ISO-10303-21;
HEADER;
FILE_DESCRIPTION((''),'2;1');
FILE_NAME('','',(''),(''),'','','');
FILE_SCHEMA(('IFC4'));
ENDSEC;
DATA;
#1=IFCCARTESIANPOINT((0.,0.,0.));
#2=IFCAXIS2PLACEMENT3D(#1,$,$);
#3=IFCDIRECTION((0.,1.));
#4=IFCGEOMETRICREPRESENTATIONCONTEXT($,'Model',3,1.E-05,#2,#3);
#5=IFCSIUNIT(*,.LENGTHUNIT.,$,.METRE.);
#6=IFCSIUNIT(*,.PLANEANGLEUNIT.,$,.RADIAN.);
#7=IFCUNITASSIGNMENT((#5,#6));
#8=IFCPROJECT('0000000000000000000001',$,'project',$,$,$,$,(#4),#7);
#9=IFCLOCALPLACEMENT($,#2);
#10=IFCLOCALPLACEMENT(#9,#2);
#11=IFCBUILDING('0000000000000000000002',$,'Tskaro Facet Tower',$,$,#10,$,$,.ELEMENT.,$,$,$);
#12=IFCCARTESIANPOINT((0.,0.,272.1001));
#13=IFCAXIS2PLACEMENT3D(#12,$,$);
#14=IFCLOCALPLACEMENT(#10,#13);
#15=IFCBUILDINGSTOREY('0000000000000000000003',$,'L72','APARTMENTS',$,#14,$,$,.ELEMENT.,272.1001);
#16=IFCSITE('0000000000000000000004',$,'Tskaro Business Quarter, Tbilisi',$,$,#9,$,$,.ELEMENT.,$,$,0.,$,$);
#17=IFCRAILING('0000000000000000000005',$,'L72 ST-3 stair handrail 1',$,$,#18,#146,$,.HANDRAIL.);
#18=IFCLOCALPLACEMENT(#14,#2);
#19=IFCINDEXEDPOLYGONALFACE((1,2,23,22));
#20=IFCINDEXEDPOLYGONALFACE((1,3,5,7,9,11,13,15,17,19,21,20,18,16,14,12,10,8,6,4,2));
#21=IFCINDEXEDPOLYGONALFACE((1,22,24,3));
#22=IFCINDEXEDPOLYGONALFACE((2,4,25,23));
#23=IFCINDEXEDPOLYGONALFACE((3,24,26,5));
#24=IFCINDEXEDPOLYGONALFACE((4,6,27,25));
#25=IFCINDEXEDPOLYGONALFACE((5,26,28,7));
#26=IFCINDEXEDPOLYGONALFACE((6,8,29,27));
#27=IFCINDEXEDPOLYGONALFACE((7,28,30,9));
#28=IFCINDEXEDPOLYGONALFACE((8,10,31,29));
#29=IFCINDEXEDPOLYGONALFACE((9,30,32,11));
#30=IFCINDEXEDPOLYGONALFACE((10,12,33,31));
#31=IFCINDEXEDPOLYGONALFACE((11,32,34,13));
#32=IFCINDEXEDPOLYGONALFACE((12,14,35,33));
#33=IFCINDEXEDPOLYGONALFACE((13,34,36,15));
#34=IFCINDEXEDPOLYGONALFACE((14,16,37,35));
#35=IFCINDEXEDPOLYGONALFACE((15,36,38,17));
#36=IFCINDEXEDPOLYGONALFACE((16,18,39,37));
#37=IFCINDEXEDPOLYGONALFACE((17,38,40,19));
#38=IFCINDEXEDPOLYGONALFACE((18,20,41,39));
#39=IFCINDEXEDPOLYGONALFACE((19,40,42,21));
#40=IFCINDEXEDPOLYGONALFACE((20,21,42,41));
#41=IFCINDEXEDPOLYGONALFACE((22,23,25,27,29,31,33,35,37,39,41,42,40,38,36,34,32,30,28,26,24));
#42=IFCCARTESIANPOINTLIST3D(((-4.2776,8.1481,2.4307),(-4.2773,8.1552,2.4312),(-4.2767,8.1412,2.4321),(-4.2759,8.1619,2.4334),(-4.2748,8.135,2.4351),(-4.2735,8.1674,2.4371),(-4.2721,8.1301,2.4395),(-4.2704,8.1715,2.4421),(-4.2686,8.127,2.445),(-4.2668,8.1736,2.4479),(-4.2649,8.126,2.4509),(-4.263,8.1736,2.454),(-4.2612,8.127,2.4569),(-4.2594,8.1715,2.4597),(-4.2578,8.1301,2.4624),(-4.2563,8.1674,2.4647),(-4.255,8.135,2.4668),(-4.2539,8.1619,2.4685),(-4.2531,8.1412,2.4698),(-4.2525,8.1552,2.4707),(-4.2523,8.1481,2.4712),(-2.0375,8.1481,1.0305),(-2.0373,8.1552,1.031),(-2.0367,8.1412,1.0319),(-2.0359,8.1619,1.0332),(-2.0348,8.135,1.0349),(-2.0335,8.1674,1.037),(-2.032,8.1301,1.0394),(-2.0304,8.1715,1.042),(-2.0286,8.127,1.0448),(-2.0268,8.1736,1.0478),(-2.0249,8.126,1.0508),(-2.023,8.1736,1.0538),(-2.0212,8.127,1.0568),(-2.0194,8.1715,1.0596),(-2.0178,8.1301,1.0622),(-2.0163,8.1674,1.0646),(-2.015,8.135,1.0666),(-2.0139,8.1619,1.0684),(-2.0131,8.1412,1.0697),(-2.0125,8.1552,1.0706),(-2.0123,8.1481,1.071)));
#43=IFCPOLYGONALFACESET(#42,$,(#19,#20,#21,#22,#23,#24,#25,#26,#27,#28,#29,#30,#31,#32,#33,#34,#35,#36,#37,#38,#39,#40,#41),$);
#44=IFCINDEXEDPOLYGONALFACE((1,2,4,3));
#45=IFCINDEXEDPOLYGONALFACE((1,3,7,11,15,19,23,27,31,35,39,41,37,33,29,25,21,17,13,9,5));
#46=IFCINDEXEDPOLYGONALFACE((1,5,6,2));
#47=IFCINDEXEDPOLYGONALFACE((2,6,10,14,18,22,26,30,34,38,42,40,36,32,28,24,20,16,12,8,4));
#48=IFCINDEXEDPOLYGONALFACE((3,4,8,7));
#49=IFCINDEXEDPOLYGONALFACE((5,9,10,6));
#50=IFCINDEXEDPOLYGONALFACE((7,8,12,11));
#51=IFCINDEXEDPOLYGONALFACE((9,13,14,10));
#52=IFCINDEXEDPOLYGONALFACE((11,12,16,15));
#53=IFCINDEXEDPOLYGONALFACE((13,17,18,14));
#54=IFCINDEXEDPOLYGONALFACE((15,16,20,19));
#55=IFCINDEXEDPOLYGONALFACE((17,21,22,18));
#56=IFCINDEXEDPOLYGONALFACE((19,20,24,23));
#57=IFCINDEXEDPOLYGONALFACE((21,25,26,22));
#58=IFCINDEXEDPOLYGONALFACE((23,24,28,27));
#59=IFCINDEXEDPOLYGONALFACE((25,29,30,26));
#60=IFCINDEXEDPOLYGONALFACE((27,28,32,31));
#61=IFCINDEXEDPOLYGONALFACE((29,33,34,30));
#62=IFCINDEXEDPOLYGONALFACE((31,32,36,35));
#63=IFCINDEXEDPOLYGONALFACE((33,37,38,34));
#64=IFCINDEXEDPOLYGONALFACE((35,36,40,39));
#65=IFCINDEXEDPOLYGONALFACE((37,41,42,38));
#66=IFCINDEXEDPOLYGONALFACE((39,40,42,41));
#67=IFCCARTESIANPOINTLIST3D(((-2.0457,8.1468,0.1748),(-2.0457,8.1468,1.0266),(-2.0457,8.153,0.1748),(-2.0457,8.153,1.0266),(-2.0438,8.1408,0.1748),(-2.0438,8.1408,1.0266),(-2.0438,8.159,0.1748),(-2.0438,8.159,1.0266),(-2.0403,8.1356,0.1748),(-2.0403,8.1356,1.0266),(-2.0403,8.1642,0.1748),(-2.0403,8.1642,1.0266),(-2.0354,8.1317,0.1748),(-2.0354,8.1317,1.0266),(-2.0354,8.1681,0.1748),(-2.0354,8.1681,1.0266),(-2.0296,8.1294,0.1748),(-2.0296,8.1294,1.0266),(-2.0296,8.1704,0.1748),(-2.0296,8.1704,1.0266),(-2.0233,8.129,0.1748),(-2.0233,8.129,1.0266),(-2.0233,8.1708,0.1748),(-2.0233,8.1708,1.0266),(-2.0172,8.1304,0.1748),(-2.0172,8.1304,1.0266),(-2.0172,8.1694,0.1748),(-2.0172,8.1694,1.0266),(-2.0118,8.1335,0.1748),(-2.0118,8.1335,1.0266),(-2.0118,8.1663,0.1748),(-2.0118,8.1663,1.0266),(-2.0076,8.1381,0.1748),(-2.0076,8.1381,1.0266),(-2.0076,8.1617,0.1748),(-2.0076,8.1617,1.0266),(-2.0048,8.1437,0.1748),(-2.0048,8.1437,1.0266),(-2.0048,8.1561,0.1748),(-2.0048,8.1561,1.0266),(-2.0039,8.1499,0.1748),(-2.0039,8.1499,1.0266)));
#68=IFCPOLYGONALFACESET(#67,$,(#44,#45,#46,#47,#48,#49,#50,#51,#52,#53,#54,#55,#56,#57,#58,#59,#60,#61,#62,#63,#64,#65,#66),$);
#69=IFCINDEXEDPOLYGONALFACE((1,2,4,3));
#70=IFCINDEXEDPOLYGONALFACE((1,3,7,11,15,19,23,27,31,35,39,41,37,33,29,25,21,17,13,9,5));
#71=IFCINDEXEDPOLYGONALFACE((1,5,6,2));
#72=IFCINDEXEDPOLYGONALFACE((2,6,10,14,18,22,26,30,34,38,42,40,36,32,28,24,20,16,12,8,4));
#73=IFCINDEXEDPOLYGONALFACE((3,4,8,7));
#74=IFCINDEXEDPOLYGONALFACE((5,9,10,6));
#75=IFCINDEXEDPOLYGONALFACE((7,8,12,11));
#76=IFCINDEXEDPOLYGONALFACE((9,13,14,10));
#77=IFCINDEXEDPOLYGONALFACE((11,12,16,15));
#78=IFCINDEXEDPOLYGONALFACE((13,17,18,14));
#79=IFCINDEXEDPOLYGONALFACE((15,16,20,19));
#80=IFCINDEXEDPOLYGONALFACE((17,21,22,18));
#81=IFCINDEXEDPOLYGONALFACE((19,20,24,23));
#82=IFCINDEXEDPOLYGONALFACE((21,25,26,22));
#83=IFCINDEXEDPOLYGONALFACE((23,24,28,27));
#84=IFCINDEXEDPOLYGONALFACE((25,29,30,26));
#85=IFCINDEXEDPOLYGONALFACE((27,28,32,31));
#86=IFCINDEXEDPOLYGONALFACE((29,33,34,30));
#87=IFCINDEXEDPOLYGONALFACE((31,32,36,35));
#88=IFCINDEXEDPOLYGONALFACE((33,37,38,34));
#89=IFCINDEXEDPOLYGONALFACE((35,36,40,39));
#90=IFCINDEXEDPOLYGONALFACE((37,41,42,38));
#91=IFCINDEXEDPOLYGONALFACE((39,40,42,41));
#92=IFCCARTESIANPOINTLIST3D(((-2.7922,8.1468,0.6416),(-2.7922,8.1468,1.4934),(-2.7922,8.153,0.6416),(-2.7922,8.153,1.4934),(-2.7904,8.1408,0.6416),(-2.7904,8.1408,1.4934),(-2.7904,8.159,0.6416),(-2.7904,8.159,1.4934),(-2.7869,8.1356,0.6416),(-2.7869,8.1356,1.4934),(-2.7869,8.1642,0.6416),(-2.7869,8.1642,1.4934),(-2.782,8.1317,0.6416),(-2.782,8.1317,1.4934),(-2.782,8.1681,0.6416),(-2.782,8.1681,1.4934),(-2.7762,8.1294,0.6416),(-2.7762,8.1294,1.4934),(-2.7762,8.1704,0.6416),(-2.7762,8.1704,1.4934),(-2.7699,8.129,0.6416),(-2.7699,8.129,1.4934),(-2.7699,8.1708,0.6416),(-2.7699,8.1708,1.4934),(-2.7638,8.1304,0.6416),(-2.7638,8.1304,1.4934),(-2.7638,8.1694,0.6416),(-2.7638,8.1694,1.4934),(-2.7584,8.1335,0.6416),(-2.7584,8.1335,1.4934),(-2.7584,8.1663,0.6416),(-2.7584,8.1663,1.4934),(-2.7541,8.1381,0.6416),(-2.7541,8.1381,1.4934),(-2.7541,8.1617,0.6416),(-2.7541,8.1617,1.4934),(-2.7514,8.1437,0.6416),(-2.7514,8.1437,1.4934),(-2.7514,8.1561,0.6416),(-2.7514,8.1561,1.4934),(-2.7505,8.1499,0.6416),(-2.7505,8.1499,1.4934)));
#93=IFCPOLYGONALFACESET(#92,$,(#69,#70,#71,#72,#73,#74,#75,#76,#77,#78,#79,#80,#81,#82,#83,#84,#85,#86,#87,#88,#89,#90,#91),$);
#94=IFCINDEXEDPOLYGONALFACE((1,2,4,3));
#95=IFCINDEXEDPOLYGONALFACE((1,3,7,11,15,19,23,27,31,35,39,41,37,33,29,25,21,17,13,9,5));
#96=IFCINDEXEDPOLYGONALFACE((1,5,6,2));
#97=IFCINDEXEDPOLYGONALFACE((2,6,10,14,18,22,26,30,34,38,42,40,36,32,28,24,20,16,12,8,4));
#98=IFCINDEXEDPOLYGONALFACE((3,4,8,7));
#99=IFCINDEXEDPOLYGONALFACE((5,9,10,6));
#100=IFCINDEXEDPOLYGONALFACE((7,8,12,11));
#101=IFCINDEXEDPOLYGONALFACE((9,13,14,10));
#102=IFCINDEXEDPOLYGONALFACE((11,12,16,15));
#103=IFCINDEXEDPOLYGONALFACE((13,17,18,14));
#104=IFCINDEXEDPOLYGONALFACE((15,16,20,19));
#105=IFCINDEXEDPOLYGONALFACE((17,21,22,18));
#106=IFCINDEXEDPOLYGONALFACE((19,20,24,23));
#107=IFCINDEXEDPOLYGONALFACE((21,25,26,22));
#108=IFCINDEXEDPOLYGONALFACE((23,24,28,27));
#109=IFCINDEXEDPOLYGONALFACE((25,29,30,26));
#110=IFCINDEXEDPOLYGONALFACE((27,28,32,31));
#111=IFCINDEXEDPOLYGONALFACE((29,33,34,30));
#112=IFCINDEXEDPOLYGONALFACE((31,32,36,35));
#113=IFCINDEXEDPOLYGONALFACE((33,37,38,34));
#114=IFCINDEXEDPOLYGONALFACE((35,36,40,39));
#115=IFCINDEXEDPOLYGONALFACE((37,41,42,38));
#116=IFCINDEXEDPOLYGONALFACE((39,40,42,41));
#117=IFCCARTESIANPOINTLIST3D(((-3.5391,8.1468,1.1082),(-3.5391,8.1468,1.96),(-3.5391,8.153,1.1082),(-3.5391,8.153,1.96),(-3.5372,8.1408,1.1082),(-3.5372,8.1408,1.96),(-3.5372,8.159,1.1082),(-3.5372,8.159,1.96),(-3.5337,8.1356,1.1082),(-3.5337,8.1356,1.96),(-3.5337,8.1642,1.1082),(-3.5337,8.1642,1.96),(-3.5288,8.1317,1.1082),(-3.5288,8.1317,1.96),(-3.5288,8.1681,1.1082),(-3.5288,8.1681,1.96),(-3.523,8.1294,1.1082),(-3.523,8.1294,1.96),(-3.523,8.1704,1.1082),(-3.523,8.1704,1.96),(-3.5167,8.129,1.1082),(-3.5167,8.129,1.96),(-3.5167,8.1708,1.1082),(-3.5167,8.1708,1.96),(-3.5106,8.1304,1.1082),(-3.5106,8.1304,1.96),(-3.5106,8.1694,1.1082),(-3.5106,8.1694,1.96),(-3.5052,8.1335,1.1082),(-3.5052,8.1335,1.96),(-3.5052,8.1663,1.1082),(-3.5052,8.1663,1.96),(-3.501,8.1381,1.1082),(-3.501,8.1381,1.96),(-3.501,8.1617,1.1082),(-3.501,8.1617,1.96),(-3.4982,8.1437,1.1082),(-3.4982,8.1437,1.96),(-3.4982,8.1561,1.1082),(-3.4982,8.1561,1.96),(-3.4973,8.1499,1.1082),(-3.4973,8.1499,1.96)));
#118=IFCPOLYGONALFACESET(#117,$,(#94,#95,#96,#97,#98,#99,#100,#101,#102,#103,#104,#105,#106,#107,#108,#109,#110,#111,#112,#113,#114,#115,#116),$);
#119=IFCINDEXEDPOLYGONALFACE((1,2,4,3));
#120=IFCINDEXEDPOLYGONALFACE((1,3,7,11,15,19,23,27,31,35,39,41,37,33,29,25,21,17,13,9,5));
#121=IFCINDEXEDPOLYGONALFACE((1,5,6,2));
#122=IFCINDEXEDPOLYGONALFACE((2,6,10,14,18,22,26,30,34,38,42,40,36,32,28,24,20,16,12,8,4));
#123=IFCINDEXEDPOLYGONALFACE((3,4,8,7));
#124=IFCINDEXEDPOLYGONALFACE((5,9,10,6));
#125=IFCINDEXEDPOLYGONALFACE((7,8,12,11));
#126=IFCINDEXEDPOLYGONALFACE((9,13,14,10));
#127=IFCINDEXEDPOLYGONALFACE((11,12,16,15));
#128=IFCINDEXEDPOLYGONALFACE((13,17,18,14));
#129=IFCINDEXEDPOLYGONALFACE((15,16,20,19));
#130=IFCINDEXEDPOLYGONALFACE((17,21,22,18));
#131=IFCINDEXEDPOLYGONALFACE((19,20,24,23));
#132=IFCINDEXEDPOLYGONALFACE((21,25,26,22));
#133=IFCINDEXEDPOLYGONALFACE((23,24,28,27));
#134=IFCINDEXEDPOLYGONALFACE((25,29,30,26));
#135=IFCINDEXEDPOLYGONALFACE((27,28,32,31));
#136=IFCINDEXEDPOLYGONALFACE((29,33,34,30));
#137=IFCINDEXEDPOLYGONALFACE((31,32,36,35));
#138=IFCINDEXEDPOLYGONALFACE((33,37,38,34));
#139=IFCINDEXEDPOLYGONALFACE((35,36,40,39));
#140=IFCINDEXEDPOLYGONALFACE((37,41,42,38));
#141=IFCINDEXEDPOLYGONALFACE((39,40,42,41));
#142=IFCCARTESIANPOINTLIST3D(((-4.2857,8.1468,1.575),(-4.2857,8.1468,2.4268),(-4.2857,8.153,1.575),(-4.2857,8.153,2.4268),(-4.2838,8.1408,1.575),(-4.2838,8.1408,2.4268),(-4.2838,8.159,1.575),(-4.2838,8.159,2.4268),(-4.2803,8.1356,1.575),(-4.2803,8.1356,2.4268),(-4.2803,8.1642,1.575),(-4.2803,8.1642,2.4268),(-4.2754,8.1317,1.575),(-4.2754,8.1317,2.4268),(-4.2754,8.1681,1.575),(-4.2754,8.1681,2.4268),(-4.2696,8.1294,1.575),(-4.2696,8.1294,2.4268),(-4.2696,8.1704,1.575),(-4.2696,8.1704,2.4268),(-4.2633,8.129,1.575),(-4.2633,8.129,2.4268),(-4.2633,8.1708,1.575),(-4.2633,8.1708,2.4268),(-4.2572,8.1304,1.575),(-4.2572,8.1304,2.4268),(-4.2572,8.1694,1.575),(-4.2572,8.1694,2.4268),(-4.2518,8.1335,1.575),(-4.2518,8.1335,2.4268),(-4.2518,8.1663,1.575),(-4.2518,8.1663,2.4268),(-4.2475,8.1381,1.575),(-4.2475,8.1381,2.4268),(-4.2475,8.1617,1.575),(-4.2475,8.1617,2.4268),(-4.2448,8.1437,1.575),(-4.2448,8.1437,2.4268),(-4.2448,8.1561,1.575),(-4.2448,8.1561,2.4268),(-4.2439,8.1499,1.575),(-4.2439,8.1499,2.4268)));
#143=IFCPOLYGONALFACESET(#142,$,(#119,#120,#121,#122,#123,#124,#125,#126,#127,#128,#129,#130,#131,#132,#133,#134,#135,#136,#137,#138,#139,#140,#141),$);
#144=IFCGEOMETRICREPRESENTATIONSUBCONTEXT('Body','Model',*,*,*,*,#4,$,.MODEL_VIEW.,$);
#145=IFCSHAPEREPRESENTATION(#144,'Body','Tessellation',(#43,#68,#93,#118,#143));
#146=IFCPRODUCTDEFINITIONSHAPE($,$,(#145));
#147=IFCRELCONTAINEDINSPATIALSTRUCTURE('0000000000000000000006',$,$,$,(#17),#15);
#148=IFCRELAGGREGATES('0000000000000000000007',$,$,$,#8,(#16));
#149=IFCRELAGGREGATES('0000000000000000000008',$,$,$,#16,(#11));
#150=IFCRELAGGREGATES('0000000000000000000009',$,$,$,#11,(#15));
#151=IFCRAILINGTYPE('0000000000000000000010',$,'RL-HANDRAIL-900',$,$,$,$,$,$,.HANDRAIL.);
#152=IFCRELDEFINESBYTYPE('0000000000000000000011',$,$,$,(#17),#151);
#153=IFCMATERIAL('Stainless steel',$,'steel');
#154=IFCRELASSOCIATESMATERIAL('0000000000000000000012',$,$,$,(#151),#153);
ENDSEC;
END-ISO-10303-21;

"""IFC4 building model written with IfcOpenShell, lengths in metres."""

from ifc_helpers import new_model, si_unit, direction, frame, origin, origin_2d, place, context, subcontext, project, spatial, circle, extrude, material, type_object, element, save


model = new_model("IFC4")

# Units and contexts
model_context = context("Model", 3, precision=1e-05, world=origin(), true_north=direction((0.0, 1.0)))
body_context = subcontext(model_context, "Body", "Model", "MODEL_VIEW")
ifc_project = project(units=[si_unit("LENGTHUNIT", "METRE"), si_unit("PLANEANGLEUNIT", "RADIAN")], contexts=[model_context])

# Site, building, storey
site_placement = place(None, origin())
site = spatial("IfcSite", under=ifc_project, at=site_placement, Name="Tskaro Business Quarter, Tbilisi", CompositionType="ELEMENT", RefElevation=0.0)
building_placement = place(site_placement, origin())
building = spatial("IfcBuilding", under=site, at=building_placement, Name="Tskaro Facet Tower", CompositionType="ELEMENT")
storey_placement = place(building_placement, frame((0.0, 0.0, 272.1001)))
storey = spatial("IfcBuildingStorey", under=building, at=storey_placement, Name="L72", Description="APARTMENTS", CompositionType="ELEMENT", Elevation=272.1001)

# Railing
ifc_material_1 = material(Name="Stainless steel", Category="steel")
railing_type_1 = type_object("IfcRailingType", Name="RL-HANDRAIL-900", PredefinedType="HANDRAIL", material=ifc_material_1)
railing_1_placement = place(storey_placement, frame((-2.0249, 8.1499, 0.1748)))
element("IfcRailing", 1, at=railing_1_placement, inside=storey, type_object=railing_type_1, Name="L72 ST-3 stair handrail 1", PredefinedType="HANDRAIL", context=body_context, shape_type="SweptSolid", body=[
    extrude(circle(Radius=0.0239, at=origin_2d()), frame((0.0, 0.0, 0.876), z_axis=(-0.847972, 0.0, 0.53004), x_axis=(0.0, -1.0, 0.0)), (0.0, 0.0, 1.0), 2.6416),
    extrude(circle(Radius=0.021, at=origin_2d()), origin(), (0.0, 0.0, 1.0), 0.8518),
    extrude(circle(Radius=0.021, at=origin_2d()), frame((-0.7466, 0.0, 0.4668)), (0.0, 0.0, 1.0), 0.8518),
    extrude(circle(Radius=0.021, at=origin_2d()), frame((-1.4934, 0.0, 0.9333)), (0.0, 0.0, 1.0), 0.8518),
    extrude(circle(Radius=0.021, at=origin_2d()), frame((-2.24, 0.0, 1.4001)), (0.0, 0.0, 1.0), 0.8518),
])

save(model, "model.ifc")
